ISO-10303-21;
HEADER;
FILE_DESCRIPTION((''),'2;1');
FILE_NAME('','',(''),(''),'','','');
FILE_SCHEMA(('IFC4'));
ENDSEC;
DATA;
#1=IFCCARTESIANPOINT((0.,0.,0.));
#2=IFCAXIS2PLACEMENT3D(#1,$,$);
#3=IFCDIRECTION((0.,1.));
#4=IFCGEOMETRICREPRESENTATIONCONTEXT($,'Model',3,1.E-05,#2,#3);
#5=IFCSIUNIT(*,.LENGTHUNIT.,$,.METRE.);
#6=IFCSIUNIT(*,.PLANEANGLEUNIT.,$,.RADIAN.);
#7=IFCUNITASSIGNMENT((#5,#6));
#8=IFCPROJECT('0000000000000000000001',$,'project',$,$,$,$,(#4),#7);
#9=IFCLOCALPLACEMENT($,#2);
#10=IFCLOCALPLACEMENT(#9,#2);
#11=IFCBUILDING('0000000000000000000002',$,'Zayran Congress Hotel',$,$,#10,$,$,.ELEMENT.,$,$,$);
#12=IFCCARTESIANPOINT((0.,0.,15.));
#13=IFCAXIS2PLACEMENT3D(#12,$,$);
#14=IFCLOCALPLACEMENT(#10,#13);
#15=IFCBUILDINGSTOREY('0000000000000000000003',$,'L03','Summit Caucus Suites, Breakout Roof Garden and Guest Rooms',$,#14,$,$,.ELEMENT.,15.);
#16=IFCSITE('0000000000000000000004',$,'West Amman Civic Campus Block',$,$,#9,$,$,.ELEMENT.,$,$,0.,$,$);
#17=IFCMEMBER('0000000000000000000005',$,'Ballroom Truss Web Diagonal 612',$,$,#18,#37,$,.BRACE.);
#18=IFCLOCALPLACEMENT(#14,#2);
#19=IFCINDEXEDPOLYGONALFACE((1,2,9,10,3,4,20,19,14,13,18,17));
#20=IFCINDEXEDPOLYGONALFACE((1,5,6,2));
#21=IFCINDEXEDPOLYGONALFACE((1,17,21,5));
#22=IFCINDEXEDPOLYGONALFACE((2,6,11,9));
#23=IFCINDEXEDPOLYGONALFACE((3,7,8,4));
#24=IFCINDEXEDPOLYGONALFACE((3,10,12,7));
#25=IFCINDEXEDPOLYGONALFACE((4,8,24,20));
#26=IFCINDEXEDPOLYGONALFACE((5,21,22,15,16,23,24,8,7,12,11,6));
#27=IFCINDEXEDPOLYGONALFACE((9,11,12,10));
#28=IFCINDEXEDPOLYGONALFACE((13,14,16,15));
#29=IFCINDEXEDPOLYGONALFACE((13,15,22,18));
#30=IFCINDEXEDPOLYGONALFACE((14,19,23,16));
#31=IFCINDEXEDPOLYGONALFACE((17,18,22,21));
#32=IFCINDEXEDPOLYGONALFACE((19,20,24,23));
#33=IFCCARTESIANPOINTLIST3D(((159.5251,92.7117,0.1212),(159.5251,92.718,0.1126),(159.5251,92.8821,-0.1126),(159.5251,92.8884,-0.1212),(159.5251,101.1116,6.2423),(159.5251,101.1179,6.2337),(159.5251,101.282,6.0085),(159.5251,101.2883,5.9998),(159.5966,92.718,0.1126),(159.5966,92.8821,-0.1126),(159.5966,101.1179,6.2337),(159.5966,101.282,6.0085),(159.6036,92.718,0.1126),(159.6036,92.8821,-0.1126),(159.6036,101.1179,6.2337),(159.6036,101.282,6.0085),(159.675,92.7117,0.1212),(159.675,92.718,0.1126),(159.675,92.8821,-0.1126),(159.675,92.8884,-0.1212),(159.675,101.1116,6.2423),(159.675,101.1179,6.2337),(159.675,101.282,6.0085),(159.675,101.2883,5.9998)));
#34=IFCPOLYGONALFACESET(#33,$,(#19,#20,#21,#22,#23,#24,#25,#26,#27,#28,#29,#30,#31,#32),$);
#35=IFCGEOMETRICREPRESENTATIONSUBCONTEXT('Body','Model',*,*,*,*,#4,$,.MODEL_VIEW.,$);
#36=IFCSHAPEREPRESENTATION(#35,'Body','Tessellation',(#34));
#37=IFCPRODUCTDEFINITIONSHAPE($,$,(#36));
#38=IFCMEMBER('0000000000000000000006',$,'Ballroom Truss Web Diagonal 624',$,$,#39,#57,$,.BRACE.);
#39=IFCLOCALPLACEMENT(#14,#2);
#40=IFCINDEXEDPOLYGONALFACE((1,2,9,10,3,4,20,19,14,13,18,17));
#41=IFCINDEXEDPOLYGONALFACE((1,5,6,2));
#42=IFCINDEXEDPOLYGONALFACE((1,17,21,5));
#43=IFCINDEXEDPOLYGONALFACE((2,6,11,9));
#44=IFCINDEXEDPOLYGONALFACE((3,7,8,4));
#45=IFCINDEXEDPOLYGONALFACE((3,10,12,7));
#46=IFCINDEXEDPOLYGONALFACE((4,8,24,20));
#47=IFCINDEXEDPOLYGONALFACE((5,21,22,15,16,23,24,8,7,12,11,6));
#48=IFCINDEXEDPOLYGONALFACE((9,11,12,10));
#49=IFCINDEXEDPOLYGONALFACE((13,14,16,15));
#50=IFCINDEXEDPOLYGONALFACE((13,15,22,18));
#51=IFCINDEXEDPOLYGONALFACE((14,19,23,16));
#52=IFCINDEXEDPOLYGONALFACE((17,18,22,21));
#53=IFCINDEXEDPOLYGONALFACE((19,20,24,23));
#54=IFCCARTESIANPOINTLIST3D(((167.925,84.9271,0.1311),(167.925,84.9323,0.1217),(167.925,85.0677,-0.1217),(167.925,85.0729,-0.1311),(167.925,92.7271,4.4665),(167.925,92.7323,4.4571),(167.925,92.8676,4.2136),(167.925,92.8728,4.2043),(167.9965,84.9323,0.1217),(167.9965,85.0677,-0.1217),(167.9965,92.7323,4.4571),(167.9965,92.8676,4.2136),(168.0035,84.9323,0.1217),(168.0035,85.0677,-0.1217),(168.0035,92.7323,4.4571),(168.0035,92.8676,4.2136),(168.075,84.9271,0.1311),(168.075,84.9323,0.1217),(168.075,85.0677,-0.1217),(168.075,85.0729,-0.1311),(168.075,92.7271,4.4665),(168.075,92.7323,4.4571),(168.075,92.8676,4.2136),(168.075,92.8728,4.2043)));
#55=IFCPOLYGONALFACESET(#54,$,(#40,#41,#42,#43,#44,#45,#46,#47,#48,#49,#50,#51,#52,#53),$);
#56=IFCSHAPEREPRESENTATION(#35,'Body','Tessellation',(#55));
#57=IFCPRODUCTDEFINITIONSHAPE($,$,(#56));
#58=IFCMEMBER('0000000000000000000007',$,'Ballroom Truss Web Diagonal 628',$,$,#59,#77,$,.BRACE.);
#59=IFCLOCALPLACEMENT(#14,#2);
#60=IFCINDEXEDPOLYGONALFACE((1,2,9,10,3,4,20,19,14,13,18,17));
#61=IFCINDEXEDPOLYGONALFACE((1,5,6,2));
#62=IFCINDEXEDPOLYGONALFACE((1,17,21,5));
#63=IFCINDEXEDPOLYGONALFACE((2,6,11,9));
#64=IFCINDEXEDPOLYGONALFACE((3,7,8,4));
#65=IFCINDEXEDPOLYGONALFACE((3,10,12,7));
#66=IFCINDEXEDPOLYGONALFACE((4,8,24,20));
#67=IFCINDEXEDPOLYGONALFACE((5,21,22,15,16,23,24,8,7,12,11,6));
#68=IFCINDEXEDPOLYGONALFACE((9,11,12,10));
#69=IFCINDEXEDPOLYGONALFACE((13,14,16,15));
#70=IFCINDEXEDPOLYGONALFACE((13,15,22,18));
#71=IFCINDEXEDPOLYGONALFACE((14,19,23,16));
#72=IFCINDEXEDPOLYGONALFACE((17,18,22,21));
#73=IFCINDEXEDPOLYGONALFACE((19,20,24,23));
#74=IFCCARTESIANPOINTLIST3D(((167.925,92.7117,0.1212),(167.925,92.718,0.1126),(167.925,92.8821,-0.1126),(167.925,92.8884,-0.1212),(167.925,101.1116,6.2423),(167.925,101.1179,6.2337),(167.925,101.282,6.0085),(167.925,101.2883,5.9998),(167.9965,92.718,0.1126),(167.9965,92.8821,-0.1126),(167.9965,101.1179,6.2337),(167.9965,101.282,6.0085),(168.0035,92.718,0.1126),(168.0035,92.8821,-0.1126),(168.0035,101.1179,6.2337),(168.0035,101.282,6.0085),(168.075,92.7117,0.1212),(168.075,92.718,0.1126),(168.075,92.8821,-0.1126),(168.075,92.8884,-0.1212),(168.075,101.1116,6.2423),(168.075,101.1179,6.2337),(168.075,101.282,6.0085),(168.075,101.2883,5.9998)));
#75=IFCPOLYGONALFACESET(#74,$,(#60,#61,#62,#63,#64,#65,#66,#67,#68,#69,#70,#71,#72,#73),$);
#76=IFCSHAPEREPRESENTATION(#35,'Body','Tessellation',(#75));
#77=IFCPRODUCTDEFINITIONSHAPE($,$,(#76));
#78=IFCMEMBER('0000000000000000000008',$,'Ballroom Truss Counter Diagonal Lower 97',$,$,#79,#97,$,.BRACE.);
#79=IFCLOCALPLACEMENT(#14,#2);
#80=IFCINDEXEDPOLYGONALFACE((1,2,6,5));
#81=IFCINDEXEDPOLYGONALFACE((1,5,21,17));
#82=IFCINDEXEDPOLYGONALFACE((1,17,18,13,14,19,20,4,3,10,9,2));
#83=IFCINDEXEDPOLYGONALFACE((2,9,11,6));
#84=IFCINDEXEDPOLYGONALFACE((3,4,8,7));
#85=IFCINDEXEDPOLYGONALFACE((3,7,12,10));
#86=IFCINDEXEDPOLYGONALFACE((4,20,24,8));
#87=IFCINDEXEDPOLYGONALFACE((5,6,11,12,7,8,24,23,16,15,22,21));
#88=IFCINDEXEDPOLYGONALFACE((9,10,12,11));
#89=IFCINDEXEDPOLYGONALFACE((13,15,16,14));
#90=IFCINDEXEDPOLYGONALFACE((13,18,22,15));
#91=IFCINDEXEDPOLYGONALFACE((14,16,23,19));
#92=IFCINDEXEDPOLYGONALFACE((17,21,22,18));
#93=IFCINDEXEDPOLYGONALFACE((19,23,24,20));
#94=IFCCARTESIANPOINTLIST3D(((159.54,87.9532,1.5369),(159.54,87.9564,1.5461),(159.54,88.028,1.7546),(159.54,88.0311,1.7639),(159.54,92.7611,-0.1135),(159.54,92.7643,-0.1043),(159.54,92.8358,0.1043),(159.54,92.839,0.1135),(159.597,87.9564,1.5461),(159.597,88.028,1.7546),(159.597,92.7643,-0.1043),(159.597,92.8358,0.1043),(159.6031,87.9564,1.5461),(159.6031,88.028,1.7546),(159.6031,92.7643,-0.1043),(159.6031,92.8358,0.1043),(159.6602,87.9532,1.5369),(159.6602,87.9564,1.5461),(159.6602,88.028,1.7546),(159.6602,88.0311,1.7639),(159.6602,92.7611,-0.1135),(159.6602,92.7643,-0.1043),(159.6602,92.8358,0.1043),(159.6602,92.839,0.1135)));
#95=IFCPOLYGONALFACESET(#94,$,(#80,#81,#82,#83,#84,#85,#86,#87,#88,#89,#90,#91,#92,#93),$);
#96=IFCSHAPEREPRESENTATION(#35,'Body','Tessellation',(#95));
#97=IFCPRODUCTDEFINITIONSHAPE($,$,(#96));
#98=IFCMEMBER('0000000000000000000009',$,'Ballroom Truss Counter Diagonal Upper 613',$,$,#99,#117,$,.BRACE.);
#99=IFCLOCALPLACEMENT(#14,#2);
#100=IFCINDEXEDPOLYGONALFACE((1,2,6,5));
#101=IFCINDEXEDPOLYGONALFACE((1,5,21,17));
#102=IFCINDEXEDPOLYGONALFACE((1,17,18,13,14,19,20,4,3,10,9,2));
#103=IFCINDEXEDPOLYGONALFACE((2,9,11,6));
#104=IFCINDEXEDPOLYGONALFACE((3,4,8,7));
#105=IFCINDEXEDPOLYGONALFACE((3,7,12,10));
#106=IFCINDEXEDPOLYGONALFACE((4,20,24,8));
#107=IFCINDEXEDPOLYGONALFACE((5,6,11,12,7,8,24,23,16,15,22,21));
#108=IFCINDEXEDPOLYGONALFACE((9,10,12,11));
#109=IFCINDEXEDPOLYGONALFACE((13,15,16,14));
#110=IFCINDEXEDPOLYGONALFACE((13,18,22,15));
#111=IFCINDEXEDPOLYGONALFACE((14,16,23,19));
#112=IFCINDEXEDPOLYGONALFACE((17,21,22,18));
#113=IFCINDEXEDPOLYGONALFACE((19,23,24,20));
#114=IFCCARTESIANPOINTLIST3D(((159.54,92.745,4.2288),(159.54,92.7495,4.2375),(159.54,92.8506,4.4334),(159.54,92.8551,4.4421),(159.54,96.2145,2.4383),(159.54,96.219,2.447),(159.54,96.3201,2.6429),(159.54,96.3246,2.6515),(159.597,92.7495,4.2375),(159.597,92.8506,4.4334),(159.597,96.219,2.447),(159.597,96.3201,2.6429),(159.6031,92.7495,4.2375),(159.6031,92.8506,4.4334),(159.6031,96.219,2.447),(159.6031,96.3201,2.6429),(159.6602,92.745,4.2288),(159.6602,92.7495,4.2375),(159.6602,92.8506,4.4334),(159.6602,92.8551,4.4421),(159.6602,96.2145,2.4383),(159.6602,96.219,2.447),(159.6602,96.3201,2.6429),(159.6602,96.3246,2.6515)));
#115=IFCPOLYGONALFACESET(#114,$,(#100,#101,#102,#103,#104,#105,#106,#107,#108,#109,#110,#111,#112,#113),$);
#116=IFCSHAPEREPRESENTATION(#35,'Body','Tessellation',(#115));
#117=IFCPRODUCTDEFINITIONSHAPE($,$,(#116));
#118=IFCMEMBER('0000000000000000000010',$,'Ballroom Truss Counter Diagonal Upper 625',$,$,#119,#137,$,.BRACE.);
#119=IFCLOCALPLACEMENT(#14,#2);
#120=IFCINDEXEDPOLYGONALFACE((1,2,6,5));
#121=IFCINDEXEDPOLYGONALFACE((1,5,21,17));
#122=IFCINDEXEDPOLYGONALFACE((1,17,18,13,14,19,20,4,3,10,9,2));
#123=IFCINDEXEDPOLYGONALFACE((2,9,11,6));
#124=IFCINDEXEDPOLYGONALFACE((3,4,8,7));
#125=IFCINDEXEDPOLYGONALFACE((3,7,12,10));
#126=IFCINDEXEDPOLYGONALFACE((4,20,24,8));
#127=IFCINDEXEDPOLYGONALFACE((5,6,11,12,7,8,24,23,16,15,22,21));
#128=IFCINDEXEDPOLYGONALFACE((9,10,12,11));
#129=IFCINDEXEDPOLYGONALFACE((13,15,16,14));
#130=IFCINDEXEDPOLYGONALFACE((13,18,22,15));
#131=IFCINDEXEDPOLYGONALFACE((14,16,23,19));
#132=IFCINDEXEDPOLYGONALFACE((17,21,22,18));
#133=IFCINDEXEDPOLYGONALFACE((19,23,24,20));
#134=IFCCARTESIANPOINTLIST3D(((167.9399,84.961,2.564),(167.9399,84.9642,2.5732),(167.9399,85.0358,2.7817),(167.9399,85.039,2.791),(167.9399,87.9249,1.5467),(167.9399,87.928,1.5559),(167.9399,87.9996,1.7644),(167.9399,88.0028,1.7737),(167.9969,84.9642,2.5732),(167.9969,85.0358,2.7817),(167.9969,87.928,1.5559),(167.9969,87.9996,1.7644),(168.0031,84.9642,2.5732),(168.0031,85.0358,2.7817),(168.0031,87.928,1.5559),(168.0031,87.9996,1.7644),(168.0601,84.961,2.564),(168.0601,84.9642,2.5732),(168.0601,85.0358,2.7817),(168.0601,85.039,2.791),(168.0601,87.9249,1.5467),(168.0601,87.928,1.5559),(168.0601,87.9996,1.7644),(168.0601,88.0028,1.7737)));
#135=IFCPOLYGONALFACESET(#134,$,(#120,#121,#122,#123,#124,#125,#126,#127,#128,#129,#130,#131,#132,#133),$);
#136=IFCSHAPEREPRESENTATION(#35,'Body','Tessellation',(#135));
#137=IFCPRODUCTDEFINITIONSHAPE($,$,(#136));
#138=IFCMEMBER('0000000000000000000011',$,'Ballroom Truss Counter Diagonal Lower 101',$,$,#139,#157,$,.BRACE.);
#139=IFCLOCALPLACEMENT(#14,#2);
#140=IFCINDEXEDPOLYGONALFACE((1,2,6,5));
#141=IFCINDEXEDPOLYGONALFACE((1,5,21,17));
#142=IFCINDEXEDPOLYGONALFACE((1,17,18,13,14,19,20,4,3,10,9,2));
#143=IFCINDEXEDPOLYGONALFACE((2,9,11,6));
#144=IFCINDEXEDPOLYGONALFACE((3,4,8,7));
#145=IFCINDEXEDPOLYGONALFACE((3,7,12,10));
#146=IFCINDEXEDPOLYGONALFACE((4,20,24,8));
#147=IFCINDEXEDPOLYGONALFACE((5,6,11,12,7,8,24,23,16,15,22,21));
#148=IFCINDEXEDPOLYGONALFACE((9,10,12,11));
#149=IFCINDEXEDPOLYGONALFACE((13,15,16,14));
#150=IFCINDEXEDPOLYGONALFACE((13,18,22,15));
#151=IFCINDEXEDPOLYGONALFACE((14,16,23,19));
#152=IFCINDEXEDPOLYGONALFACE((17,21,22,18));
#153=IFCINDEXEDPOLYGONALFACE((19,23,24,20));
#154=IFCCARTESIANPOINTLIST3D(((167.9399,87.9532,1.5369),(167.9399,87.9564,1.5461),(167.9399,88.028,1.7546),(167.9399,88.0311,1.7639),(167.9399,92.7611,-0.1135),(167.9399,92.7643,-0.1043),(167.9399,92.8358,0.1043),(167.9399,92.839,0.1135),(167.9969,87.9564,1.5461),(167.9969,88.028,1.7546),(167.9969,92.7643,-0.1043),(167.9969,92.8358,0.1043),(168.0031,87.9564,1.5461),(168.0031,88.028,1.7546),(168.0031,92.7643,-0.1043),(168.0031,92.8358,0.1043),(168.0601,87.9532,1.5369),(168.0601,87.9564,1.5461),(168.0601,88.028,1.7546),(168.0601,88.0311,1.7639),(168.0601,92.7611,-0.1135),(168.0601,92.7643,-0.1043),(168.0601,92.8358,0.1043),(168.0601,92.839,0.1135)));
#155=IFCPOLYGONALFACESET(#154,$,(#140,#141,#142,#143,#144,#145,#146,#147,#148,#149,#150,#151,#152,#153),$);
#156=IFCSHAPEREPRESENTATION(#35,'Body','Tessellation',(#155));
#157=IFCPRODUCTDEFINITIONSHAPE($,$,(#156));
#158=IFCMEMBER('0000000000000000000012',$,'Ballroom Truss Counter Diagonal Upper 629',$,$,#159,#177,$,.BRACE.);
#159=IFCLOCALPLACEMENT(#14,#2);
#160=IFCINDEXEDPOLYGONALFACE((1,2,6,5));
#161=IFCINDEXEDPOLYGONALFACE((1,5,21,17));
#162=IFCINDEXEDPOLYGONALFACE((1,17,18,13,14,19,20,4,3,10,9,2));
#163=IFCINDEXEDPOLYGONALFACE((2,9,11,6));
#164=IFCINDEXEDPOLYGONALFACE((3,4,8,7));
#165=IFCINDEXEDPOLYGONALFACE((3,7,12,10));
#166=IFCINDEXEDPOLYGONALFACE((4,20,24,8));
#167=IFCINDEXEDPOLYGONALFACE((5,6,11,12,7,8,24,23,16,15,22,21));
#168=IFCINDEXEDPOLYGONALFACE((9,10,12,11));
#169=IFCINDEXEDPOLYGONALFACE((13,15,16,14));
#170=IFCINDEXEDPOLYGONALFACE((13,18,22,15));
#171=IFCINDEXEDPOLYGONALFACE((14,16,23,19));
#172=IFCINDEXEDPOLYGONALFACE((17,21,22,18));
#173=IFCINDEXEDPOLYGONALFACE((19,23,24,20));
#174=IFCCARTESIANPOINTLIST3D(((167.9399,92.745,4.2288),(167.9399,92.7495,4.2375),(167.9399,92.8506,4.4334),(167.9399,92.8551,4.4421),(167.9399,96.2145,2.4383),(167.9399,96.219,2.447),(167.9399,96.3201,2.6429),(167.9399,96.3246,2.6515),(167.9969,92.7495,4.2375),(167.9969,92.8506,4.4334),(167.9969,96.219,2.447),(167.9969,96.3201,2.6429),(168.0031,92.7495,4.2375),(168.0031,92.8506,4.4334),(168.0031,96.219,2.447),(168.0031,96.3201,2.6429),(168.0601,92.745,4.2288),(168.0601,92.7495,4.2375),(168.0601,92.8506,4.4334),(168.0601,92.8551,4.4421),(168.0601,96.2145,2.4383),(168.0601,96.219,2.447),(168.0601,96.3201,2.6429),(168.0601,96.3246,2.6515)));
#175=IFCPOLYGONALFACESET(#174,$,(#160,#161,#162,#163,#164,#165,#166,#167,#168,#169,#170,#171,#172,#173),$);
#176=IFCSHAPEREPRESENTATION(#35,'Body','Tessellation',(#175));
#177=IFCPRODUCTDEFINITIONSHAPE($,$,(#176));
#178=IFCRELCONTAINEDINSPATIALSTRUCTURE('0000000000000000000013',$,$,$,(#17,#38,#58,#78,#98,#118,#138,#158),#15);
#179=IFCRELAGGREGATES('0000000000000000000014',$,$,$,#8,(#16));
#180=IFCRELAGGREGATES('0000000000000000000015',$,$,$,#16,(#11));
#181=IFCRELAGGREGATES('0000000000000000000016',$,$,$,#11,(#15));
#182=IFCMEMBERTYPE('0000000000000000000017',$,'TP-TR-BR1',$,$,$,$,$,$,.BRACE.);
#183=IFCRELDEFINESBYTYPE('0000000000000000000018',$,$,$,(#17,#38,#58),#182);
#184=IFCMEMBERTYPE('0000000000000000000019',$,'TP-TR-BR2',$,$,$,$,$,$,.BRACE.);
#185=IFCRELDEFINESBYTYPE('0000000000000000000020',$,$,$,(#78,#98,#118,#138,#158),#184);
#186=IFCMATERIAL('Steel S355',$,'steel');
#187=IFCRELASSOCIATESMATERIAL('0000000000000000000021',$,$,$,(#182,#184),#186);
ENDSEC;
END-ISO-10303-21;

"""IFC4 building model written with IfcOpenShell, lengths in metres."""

from ifc_helpers import new_model, si_unit, direction, frame, origin, origin_2d, place, context, subcontext, project, spatial, i_section, extrude, material, material_profile, profile_set, type_object, element, save


model = new_model("IFC4")

# Units and contexts
model_context = context("Model", 3, precision=1e-05, world=origin(), true_north=direction((0.0, 1.0)))
body_context = subcontext(model_context, "Body", "Model", "MODEL_VIEW")
ifc_project = project(units=[si_unit("LENGTHUNIT", "METRE"), si_unit("PLANEANGLEUNIT", "RADIAN")], contexts=[model_context])

# Site, building, storey
site_placement = place(None, origin())
site = spatial("IfcSite", under=ifc_project, at=site_placement, Name="West Amman Civic Campus Block", CompositionType="ELEMENT", RefElevation=0.0)
building_placement = place(site_placement, origin())
building = spatial("IfcBuilding", under=site, at=building_placement, Name="Zayran Congress Hotel", CompositionType="ELEMENT")
storey_placement = place(building_placement, frame((0.0, 0.0, 15.0)))
storey = spatial("IfcBuildingStorey", under=building, at=storey_placement, Name="L03", Description="Summit Caucus Suites, Breakout Roof Garden and Guest Rooms", CompositionType="ELEMENT", Elevation=15.0)

# Shared definitions
ifc_material_1 = material(Name="Steel S355", Category="steel")

# Members
ifc_material_profile_1 = material_profile(ifc_material_1, i_section(OverallWidth=0.1499, OverallDepth=0.3, WebThickness=0.0071, FlangeThickness=0.0107, at=origin_2d()), Name="IPE 300")
ifc_profile_set_1 = profile_set([ifc_material_profile_1], Name="Steel S355")
member_type_1 = type_object("IfcMemberType", Name="TP-TR-BR1", PredefinedType="BRACE", material=ifc_profile_set_1)
member_1_placement = place(storey_placement, frame((159.6001, 92.8, 0.0), z_axis=(0.0, 0.808183, 0.588931), x_axis=(-1.0, 0.0, 0.0)))
element("IfcMember", 1, at=member_1_placement, inside=storey, type_object=member_type_1, Name="Ballroom Truss Web Diagonal 612", PredefinedType="BRACE", context=body_context, shape_type="SweptSolid", body=[
    extrude(i_section(OverallWidth=0.1499, OverallDepth=0.3, WebThickness=0.0071, FlangeThickness=0.0107, at=origin_2d()), origin(), (0.0, 0.0, 1.0), 10.3936),
])
member_2_placement = place(storey_placement, frame((168.0, 85.0, 0.0), z_axis=(0.0, 0.874058, 0.485822), x_axis=(-1.0, 0.0, 0.0)))
element("IfcMember", 2, at=member_2_placement, inside=storey, type_object=member_type_1, Name="Ballroom Truss Web Diagonal 624", PredefinedType="BRACE", context=body_context, shape_type="SweptSolid", body=[
    extrude(i_section(OverallWidth=0.1499, OverallDepth=0.3, WebThickness=0.0071, FlangeThickness=0.0107, at=origin_2d()), origin(), (0.0, 0.0, 1.0), 8.9238),
])
member_3_placement = place(storey_placement, frame((168.0, 92.8, 0.0), z_axis=(0.0, 0.808183, 0.588931), x_axis=(-1.0, 0.0, 0.0)))
element("IfcMember", 3, at=member_3_placement, inside=storey, type_object=member_type_1, Name="Ballroom Truss Web Diagonal 628", PredefinedType="BRACE", context=body_context, shape_type="SweptSolid", body=[
    extrude(i_section(OverallWidth=0.1499, OverallDepth=0.3, WebThickness=0.0071, FlangeThickness=0.0107, at=origin_2d()), origin(), (0.0, 0.0, 1.0), 10.3936),
])
ifc_material_profile_2 = material_profile(ifc_material_1, i_section(OverallWidth=0.1201, OverallDepth=0.24, WebThickness=0.0061, FlangeThickness=0.0098, at=origin_2d()), Name="IPE 240")
ifc_profile_set_2 = profile_set([ifc_material_profile_2], Name="Steel S355")
member_type_2 = type_object("IfcMemberType", Name="TP-TR-BR2", PredefinedType="BRACE", material=ifc_profile_set_2)
member_4_placement = place(storey_placement, frame((159.6001, 87.9922, 1.6504), z_axis=(0.0, 0.945826, -0.324673), x_axis=(-1.0, 0.0, 0.0)))
element("IfcMember", 4, at=member_4_placement, inside=storey, type_object=member_type_2, Name="Ballroom Truss Counter Diagonal Lower 97", PredefinedType="BRACE", context=body_context, shape_type="SweptSolid", body=[
    extrude(i_section(OverallWidth=0.1201, OverallDepth=0.24, WebThickness=0.0061, FlangeThickness=0.0098, at=origin_2d()), origin(), (0.0, 0.0, 1.0), 5.0833),
])
member_5_placement = place(storey_placement, frame((159.6001, 92.8, 4.3354), z_axis=(0.0, 0.888639, -0.458608), x_axis=(-1.0, 0.0, 0.0)))
element("IfcMember", 5, at=member_5_placement, inside=storey, type_object=member_type_2, Name="Ballroom Truss Counter Diagonal Upper 613", PredefinedType="BRACE", context=body_context, shape_type="SweptSolid", body=[
    extrude(i_section(OverallWidth=0.1201, OverallDepth=0.24, WebThickness=0.0061, FlangeThickness=0.0098, at=origin_2d()), origin(), (0.0, 0.0, 1.0), 3.9043),
])
member_6_placement = place(storey_placement, frame((168.0, 85.0, 2.6775), z_axis=(0.0, 0.945833, -0.324653), x_axis=(-1.0, 0.0, 0.0)))
element("IfcMember", 6, at=member_6_placement, inside=storey, type_object=member_type_2, Name="Ballroom Truss Counter Diagonal Upper 625", PredefinedType="BRACE", context=body_context, shape_type="SweptSolid", body=[
    extrude(i_section(OverallWidth=0.1201, OverallDepth=0.24, WebThickness=0.0061, FlangeThickness=0.0098, at=origin_2d()), origin(), (0.0, 0.0, 1.0), 3.1335),
])
member_7_placement = place(storey_placement, frame((168.0, 87.9922, 1.6504), z_axis=(0.0, 0.945826, -0.324673), x_axis=(-1.0, 0.0, 0.0)))
element("IfcMember", 7, at=member_7_placement, inside=storey, type_object=member_type_2, Name="Ballroom Truss Counter Diagonal Lower 101", PredefinedType="BRACE", context=body_context, shape_type="SweptSolid", body=[
    extrude(i_section(OverallWidth=0.1201, OverallDepth=0.24, WebThickness=0.0061, FlangeThickness=0.0098, at=origin_2d()), origin(), (0.0, 0.0, 1.0), 5.0833),
])
member_8_placement = place(storey_placement, frame((168.0, 92.8, 4.3354), z_axis=(0.0, 0.888639, -0.458608), x_axis=(-1.0, 0.0, 0.0)))
element("IfcMember", 8, at=member_8_placement, inside=storey, type_object=member_type_2, Name="Ballroom Truss Counter Diagonal Upper 629", PredefinedType="BRACE", context=body_context, shape_type="SweptSolid", body=[
    extrude(i_section(OverallWidth=0.1201, OverallDepth=0.24, WebThickness=0.0061, FlangeThickness=0.0098, at=origin_2d()), origin(), (0.0, 0.0, 1.0), 3.9043),
])

save(model, "model.ifc")
